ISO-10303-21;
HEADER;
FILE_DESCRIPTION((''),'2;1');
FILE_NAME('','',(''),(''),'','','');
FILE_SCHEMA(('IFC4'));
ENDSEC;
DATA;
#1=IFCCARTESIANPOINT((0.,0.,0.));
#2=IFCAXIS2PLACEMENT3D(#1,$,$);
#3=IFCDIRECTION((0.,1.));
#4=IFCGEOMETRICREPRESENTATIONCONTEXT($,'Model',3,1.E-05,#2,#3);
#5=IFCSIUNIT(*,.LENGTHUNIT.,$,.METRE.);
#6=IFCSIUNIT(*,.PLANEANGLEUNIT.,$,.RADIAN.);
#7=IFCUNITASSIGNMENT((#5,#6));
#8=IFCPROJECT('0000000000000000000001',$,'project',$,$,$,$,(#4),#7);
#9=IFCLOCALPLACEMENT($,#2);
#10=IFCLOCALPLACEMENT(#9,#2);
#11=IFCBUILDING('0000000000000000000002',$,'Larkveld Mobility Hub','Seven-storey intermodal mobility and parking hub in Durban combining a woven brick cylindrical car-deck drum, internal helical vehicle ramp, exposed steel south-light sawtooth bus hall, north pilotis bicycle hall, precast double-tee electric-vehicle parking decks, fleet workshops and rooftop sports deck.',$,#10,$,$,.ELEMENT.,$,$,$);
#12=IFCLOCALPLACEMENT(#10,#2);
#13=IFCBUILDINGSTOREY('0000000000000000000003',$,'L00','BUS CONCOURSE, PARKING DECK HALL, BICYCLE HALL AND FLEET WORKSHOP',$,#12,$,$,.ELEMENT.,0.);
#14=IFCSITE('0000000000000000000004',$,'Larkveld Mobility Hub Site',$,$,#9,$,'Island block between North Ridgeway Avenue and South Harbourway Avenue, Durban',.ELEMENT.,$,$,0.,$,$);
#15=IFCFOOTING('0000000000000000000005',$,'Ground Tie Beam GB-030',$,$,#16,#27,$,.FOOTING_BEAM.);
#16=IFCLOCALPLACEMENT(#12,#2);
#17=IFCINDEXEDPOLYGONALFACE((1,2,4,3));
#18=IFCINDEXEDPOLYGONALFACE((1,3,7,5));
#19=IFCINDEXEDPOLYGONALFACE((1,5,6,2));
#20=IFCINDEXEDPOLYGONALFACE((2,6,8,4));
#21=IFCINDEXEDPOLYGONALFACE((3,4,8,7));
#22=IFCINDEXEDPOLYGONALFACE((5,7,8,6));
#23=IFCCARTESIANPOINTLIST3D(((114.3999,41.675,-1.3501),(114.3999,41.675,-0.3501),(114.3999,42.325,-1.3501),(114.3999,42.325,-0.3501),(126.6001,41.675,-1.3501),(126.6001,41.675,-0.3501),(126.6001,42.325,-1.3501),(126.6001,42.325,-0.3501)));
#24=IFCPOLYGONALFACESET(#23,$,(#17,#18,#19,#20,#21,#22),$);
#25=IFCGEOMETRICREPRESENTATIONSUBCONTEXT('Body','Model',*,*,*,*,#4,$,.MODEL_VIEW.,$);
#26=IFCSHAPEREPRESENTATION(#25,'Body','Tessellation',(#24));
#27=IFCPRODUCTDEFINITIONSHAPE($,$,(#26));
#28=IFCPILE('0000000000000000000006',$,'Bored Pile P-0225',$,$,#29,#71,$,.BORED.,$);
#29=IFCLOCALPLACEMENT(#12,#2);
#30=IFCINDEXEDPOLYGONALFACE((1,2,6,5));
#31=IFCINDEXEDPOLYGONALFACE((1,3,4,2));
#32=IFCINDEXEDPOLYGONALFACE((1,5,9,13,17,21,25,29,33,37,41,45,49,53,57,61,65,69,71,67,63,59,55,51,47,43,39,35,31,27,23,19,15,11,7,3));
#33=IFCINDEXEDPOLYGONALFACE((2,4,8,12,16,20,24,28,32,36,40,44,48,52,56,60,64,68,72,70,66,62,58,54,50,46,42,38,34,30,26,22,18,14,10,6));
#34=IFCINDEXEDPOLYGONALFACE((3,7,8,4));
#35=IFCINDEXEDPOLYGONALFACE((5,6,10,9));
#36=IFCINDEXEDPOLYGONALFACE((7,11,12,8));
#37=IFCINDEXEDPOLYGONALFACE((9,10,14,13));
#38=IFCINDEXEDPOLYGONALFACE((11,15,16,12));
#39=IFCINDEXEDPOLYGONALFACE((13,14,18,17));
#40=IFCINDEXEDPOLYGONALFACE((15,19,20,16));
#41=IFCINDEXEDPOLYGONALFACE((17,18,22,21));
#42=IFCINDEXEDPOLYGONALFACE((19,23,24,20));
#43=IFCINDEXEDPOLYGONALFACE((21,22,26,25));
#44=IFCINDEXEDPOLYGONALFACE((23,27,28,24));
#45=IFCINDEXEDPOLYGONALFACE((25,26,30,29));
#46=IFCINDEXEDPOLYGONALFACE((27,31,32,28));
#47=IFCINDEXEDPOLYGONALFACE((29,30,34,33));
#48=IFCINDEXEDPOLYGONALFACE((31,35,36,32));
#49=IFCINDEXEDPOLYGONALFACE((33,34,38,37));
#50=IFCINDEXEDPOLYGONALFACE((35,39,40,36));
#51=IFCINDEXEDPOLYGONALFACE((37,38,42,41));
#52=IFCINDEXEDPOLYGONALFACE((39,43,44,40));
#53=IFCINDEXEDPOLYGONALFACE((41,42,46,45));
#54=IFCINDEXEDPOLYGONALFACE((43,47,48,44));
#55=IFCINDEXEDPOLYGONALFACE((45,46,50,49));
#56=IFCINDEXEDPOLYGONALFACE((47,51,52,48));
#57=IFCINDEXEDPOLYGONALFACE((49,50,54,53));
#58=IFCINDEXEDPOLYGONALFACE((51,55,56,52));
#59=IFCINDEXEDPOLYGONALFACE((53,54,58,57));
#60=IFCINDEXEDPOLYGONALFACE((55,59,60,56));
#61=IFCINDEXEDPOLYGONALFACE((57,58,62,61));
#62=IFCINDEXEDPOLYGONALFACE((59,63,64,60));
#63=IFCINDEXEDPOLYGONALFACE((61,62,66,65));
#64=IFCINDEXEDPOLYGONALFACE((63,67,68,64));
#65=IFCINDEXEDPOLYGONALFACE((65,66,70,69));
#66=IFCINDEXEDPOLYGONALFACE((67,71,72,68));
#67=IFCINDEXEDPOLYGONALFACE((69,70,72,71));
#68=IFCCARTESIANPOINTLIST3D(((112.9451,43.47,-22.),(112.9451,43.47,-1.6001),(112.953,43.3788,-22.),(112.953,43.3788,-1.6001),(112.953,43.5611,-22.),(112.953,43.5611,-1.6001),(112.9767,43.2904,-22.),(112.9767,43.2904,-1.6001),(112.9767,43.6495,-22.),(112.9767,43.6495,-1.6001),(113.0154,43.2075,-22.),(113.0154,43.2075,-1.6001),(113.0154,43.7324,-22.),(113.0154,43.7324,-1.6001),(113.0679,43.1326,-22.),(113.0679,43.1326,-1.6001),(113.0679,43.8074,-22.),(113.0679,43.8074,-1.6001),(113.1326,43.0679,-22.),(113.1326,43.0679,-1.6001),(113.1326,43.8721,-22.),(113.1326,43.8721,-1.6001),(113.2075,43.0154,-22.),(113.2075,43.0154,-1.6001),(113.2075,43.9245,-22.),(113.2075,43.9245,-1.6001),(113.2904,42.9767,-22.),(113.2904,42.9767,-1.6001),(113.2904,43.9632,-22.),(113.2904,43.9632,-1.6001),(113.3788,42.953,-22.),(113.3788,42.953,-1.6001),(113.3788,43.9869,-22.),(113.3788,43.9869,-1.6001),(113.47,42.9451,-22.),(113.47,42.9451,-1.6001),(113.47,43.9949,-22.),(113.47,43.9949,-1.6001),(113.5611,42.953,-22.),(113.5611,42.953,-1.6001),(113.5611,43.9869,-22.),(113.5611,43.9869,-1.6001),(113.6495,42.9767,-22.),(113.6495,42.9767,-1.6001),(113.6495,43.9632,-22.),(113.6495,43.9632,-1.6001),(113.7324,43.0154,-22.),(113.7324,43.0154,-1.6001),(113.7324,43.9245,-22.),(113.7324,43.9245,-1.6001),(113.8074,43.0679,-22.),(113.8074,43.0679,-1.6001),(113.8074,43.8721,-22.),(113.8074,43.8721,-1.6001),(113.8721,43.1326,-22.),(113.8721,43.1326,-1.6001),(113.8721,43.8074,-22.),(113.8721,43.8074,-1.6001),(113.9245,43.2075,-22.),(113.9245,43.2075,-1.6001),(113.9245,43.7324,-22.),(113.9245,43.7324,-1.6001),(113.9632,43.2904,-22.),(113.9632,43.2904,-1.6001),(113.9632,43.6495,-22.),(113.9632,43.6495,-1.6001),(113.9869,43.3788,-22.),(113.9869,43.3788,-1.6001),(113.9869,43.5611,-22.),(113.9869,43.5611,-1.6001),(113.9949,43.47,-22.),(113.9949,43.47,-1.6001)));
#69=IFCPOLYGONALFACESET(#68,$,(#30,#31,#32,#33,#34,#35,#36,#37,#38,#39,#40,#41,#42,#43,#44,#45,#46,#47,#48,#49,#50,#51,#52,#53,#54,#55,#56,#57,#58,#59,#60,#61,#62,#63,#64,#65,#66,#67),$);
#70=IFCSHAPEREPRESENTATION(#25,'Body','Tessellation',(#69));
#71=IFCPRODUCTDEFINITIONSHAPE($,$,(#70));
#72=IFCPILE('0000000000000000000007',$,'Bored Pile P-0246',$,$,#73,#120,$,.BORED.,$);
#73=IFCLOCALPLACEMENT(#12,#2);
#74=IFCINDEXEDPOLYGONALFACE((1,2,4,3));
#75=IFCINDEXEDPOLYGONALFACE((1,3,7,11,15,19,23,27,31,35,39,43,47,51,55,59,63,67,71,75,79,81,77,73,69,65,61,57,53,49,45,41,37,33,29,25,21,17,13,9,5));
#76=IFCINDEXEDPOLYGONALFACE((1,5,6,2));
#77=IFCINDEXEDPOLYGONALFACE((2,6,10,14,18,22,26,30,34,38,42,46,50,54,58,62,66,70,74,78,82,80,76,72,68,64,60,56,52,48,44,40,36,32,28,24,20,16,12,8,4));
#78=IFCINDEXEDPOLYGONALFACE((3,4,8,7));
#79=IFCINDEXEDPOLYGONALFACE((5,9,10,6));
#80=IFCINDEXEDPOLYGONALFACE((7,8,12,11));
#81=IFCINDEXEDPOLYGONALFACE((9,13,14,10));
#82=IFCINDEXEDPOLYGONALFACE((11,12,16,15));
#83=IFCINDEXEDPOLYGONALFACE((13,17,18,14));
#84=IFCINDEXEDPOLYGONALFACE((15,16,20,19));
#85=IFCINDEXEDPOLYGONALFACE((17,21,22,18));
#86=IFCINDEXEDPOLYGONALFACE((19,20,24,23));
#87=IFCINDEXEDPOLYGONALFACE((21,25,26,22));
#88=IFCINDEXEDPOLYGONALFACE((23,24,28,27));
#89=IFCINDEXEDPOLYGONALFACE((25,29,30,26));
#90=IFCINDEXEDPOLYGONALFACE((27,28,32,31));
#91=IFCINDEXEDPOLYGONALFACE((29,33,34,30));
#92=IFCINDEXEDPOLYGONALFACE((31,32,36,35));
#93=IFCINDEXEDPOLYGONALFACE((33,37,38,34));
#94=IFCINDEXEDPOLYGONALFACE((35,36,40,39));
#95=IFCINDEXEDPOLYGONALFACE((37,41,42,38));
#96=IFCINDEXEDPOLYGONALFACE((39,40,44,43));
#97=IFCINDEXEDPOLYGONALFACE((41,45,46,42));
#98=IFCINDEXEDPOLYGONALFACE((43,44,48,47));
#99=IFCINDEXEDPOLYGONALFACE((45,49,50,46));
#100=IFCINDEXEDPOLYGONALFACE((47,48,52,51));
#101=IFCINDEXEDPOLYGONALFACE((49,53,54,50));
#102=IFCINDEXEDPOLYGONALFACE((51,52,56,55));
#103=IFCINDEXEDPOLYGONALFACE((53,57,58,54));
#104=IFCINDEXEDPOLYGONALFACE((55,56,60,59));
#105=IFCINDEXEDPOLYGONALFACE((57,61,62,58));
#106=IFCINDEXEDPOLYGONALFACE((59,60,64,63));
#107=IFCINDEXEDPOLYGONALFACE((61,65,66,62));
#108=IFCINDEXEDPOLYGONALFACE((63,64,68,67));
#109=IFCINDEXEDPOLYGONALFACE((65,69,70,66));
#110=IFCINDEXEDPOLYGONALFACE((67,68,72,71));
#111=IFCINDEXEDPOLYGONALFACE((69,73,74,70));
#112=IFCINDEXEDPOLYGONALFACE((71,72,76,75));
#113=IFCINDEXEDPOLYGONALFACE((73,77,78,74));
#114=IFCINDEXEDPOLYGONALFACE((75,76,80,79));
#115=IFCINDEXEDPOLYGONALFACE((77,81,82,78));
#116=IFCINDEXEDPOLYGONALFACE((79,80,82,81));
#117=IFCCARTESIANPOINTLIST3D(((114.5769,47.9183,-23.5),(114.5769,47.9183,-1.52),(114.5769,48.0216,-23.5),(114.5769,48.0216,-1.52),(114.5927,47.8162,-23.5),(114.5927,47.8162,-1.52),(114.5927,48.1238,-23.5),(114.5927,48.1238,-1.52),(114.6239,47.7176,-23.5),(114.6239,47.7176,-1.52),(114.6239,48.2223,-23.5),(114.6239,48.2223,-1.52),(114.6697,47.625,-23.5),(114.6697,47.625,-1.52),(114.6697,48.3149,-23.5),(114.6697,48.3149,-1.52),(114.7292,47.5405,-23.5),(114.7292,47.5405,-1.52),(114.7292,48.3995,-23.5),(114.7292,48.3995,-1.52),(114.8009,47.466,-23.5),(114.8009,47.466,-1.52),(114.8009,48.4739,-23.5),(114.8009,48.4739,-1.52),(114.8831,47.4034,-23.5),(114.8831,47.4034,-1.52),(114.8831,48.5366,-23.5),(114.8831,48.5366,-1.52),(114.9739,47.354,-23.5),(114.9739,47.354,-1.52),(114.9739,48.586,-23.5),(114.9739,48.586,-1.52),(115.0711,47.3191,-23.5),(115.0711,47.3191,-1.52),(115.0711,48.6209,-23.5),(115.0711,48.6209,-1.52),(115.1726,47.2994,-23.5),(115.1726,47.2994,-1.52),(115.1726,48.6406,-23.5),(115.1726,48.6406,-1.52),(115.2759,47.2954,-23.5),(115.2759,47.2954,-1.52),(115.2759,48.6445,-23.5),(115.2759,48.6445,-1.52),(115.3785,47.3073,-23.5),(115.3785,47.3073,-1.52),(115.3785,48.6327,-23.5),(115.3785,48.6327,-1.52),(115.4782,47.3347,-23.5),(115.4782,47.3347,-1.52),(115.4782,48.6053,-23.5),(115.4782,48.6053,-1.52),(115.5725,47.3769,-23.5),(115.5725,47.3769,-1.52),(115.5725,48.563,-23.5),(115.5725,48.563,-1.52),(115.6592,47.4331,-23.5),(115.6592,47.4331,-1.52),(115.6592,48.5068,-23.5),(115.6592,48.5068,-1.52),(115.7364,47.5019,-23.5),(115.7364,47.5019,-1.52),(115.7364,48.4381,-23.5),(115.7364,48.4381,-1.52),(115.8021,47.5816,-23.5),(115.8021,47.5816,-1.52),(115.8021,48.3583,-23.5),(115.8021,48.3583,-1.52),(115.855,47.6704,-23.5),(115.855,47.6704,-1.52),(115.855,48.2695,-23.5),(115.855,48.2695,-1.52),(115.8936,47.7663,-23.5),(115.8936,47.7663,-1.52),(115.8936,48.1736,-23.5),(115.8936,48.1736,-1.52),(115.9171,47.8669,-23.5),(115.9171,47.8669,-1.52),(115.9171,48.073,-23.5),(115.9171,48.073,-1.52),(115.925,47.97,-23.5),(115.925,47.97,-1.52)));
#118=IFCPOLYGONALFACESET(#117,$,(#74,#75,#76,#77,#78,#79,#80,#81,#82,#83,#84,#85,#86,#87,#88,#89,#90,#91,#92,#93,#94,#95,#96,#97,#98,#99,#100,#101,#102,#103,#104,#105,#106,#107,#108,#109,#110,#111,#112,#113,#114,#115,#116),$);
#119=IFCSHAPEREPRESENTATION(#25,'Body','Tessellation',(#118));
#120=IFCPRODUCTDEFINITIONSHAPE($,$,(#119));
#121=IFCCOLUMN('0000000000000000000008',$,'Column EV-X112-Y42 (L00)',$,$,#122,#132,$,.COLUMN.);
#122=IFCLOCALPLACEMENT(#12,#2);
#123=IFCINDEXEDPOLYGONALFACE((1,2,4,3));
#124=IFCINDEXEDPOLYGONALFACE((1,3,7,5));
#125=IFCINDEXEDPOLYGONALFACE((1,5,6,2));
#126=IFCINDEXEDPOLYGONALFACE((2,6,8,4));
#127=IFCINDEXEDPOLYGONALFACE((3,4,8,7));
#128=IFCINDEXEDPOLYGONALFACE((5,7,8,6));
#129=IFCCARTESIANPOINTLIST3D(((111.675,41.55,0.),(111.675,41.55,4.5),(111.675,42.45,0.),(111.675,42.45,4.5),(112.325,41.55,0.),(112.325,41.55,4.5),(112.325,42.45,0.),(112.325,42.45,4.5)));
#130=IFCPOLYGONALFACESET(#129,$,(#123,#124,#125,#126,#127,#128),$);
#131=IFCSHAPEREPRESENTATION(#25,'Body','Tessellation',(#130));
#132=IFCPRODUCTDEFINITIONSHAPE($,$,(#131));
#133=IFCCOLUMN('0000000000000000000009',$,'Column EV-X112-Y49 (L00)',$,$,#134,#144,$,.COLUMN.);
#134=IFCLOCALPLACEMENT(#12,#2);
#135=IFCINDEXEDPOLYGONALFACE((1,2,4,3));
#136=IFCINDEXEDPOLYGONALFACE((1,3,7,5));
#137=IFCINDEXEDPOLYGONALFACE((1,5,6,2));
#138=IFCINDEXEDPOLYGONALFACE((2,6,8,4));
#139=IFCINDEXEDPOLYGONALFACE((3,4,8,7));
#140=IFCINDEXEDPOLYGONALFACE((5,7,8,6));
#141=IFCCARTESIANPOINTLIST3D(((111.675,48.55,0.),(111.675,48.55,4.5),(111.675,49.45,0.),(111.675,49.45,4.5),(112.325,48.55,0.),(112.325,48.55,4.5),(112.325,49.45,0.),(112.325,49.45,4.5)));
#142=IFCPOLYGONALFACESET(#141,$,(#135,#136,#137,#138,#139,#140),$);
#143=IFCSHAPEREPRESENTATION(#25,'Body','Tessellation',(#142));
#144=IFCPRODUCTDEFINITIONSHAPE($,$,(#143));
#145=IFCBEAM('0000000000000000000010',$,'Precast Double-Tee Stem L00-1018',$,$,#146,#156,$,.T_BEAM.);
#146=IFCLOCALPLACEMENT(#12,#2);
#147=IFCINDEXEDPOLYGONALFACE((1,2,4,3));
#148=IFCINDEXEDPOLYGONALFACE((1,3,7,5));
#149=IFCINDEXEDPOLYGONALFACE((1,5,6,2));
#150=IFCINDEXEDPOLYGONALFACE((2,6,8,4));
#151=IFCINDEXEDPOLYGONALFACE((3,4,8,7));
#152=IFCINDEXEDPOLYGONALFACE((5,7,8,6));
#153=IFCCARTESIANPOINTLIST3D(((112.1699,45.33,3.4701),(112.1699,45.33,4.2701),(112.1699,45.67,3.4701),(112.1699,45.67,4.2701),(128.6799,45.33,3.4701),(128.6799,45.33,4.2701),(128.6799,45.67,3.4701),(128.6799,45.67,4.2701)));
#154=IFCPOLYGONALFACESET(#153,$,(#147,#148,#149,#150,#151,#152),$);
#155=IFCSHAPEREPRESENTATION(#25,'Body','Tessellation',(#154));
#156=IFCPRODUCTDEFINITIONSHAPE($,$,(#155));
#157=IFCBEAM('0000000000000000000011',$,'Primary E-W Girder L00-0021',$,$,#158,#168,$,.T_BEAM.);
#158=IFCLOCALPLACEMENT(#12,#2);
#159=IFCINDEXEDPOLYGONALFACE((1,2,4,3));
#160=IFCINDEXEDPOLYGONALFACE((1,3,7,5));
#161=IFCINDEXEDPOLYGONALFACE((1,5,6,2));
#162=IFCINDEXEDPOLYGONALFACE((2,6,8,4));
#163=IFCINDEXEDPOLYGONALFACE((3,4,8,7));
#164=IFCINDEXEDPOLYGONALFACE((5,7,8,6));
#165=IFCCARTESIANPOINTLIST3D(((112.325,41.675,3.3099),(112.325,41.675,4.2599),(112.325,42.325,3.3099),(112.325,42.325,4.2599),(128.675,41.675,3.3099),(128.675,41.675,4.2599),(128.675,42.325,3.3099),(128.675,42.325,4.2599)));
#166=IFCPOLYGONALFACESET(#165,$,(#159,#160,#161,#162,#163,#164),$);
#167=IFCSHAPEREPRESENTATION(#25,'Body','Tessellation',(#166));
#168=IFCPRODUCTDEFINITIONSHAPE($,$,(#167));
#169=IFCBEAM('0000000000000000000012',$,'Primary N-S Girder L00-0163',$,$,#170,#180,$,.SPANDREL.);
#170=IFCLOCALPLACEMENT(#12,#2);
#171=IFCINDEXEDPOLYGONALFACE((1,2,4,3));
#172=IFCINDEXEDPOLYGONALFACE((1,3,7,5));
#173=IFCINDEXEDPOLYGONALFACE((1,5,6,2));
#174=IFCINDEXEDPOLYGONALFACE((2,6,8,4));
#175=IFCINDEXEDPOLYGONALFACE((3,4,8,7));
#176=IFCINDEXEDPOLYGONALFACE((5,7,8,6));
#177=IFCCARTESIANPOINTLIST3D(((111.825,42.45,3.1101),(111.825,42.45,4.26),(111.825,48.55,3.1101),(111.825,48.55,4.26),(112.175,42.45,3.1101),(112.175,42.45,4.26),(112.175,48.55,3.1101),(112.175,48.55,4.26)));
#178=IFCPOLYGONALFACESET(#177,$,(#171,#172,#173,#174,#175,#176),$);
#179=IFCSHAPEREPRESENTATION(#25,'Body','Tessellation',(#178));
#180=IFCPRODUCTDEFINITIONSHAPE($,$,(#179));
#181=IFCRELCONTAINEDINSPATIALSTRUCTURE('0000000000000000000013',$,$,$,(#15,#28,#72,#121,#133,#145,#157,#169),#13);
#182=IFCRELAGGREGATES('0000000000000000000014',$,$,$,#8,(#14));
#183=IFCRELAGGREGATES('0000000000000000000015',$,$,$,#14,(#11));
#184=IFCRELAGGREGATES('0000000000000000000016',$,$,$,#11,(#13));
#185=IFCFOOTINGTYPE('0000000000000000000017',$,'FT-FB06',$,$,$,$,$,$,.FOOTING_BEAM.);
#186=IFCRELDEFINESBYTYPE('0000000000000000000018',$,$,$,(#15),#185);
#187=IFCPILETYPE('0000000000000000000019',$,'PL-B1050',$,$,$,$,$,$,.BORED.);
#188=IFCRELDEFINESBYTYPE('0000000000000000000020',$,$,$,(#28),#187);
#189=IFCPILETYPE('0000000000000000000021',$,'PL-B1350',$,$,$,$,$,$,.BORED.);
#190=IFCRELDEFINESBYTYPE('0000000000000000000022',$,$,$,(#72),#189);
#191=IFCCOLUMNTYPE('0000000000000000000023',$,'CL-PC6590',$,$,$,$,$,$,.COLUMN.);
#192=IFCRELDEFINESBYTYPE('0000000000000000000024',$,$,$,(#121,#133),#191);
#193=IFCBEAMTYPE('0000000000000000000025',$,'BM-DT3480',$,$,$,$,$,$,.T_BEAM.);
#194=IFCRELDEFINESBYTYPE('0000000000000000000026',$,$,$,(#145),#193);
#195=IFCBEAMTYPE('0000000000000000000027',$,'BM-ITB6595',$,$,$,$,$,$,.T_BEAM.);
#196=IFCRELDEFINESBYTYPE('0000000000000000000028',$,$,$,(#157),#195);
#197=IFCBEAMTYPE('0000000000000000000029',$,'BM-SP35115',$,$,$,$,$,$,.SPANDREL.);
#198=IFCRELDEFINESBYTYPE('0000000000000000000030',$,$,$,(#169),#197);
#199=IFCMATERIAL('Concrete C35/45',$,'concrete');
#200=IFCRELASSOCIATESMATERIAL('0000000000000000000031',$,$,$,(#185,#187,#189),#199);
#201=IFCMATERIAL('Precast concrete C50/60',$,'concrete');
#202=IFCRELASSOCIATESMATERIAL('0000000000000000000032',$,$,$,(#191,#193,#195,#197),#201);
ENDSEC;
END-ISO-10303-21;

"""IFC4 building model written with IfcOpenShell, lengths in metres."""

from ifc_helpers import new_model, si_unit, direction, frame, origin, origin_2d, place, context, subcontext, project, spatial, rectangle, circle, extrude, material, material_profile, profile_set, type_object, element, save


model = new_model("IFC4")

# Units and contexts
model_context = context("Model", 3, precision=1e-05, world=origin(), true_north=direction((0.0, 1.0)))
body_context = subcontext(model_context, "Body", "Model", "MODEL_VIEW")
ifc_project = project(units=[si_unit("LENGTHUNIT", "METRE"), si_unit("PLANEANGLEUNIT", "RADIAN")], contexts=[model_context])

# Site, building, storey
site_placement = place(None, origin())
site = spatial("IfcSite", under=ifc_project, at=site_placement, Name="Larkveld Mobility Hub Site", LongName="Island block between North Ridgeway Avenue and South Harbourway Avenue, Durban", CompositionType="ELEMENT", RefElevation=0.0)
building_placement = place(site_placement, origin())
building = spatial("IfcBuilding", under=site, at=building_placement, Name="Larkveld Mobility Hub", Description="Seven-storey intermodal mobility and parking hub in Durban combining a woven brick cylindrical car-deck drum, internal helical vehicle ramp, exposed steel south-light sawtooth bus hall, north pilotis bicycle hall, precast double-tee electric-vehicle parking decks, fleet workshops and rooftop sports deck.", CompositionType="ELEMENT")
storey_placement = place(building_placement, origin())
storey = spatial("IfcBuildingStorey", under=building, at=storey_placement, Name="L00", Description="BUS CONCOURSE, PARKING DECK HALL, BICYCLE HALL AND FLEET WORKSHOP", CompositionType="ELEMENT", Elevation=0.0)

# Footing
ifc_material_1 = material(Name="Concrete C35/45", Category="concrete")
ifc_material_profile_1 = material_profile(ifc_material_1, rectangle(XDim=0.6499, YDim=1.0, at=origin_2d()), Name="RC BM 650x1000")
ifc_profile_set_1 = profile_set([ifc_material_profile_1], Name="Concrete C35/45")
footing_type = type_object("IfcFootingType", Name="FT-FB06", PredefinedType="FOOTING_BEAM", material=ifc_profile_set_1)
footing_placement = place(storey_placement, frame((114.3999, 42.0, -0.8501), z_axis=(1.0, 0.0, 0.0), x_axis=(0.0, 1.0, 0.0)))
element("IfcFooting", 1, at=footing_placement, inside=storey, type_object=footing_type, Name="Ground Tie Beam GB-030", PredefinedType="FOOTING_BEAM", context=body_context, shape_type="SweptSolid", body=[
    extrude(rectangle(XDim=0.6499, YDim=1.0, at=origin_2d()), origin(), (0.0, 0.0, 1.0), 12.2002),
])

# Piles
ifc_material_profile_2 = material_profile(ifc_material_1, circle(Radius=0.5249, at=origin_2d()), Name="PILE D1050")
ifc_profile_set_2 = profile_set([ifc_material_profile_2], Name="Concrete C35/45")
pile_type_1 = type_object("IfcPileType", Name="PL-B1050", PredefinedType="BORED", material=ifc_profile_set_2)
pile_1_placement = place(storey_placement, frame((113.47, 43.47, -1.6001), z_axis=(0.0, 0.0, -1.0), x_axis=(1.0, 0.0, 0.0)))
element("IfcPile", 2, at=pile_1_placement, inside=storey, type_object=pile_type_1, Name="Bored Pile P-0225", PredefinedType="BORED", context=body_context, shape_type="SweptSolid", body=[
    extrude(circle(Radius=0.5249, at=origin_2d()), origin(), (0.0, 0.0, 1.0), 20.3999),
])
ifc_material_profile_3 = material_profile(ifc_material_1, circle(Radius=0.675, at=origin_2d()), Name="PILE D1350")
ifc_profile_set_3 = profile_set([ifc_material_profile_3], Name="Concrete C35/45")
pile_type_2 = type_object("IfcPileType", Name="PL-B1350", PredefinedType="BORED", material=ifc_profile_set_3)
pile_2_placement = place(storey_placement, frame((115.25, 47.97, -1.52), z_axis=(0.0, 0.0, -1.0), x_axis=(1.0, 0.0, 0.0)))
element("IfcPile", 3, at=pile_2_placement, inside=storey, type_object=pile_type_2, Name="Bored Pile P-0246", PredefinedType="BORED", context=body_context, shape_type="SweptSolid", body=[
    extrude(circle(Radius=0.675, at=origin_2d()), origin(), (0.0, 0.0, 1.0), 21.98),
])

# Columns
ifc_material_2 = material(Name="Precast concrete C50/60", Category="concrete")
ifc_material_profile_4 = material_profile(ifc_material_2, rectangle(XDim=0.6499, YDim=0.8999, at=origin_2d()), Name="RC COL 650x900")
ifc_profile_set_4 = profile_set([ifc_material_profile_4], Name="Precast concrete C50/60")
column_type = type_object("IfcColumnType", Name="CL-PC6590", PredefinedType="COLUMN", material=ifc_profile_set_4)
for number, where, z_axis, x_axis, name in (
    (4, (112.0, 42.0, 0.0), (0.0, 0.0, 1.0), (1.0, 0.0, 0.0), "Column EV-X112-Y42 (L00)"),
    (5, (112.0, 49.0, 0.0), (0.0, 0.0, 1.0), (1.0, 0.0, 0.0), "Column EV-X112-Y49 (L00)"),
):
    element("IfcColumn", number, at=place(storey_placement, frame(where, z_axis=z_axis, x_axis=x_axis)), inside=storey, type_object=column_type, Name=name, PredefinedType="COLUMN", context=body_context, shape_type="SweptSolid", body=[
        extrude(rectangle(XDim=0.6499, YDim=0.8999, at=origin_2d()), origin(), (0.0, 0.0, 1.0), 4.5),
    ])

# Beams
ifc_material_profile_5 = material_profile(ifc_material_2, rectangle(XDim=0.3401, YDim=0.8, at=origin_2d()), Name="PC DT 340x800")
ifc_profile_set_5 = profile_set([ifc_material_profile_5], Name="Precast concrete C50/60")
beam_type_1 = type_object("IfcBeamType", Name="BM-DT3480", PredefinedType="T_BEAM", material=ifc_profile_set_5)
beam_1_placement = place(storey_placement, frame((112.1699, 45.5, 3.8701), z_axis=(1.0, 0.0, 0.0), x_axis=(0.0, 1.0, 0.0)))
element("IfcBeam", 6, at=beam_1_placement, inside=storey, type_object=beam_type_1, Name="Precast Double-Tee Stem L00-1018", PredefinedType="T_BEAM", context=body_context, shape_type="SweptSolid", body=[
    extrude(rectangle(XDim=0.3401, YDim=0.8, at=origin_2d()), origin(), (0.0, 0.0, 1.0), 16.51),
])
ifc_material_profile_6 = material_profile(ifc_material_2, rectangle(XDim=0.6499, YDim=0.95, at=origin_2d()), Name="PC ITB 650x950")
ifc_profile_set_6 = profile_set([ifc_material_profile_6], Name="Precast concrete C50/60")
beam_type_2 = type_object("IfcBeamType", Name="BM-ITB6595", PredefinedType="T_BEAM", material=ifc_profile_set_6)
beam_2_placement = place(storey_placement, frame((112.325, 42.0, 3.7849), z_axis=(1.0, 0.0, 0.0), x_axis=(0.0, 1.0, 0.0)))
element("IfcBeam", 7, at=beam_2_placement, inside=storey, type_object=beam_type_2, Name="Primary E-W Girder L00-0021", PredefinedType="T_BEAM", context=body_context, shape_type="SweptSolid", body=[
    extrude(rectangle(XDim=0.6499, YDim=0.95, at=origin_2d()), origin(), (0.0, 0.0, 1.0), 16.3501),
])
ifc_material_profile_7 = material_profile(ifc_material_2, rectangle(XDim=0.3501, YDim=1.1499, at=origin_2d()), Name="PC SP 350x1150")
ifc_profile_set_7 = profile_set([ifc_material_profile_7], Name="Precast concrete C50/60")
beam_type_3 = type_object("IfcBeamType", Name="BM-SP35115", PredefinedType="SPANDREL", material=ifc_profile_set_7)
for number, where, z_axis, x_axis, name in (
    (8, (112.0, 42.45, 3.6851), (0.0, 1.0, 0.0), (-1.0, 0.0, 0.0), "Primary N-S Girder L00-0163"),
):
    element("IfcBeam", number, at=place(storey_placement, frame(where, z_axis=z_axis, x_axis=x_axis)), inside=storey, type_object=beam_type_3, Name=name, PredefinedType="SPANDREL", context=body_context, shape_type="SweptSolid", body=[
        extrude(rectangle(XDim=0.3501, YDim=1.1499, at=origin_2d()), origin(), (0.0, 0.0, 1.0), 6.1001),
    ])

save(model, "model.ifc")
